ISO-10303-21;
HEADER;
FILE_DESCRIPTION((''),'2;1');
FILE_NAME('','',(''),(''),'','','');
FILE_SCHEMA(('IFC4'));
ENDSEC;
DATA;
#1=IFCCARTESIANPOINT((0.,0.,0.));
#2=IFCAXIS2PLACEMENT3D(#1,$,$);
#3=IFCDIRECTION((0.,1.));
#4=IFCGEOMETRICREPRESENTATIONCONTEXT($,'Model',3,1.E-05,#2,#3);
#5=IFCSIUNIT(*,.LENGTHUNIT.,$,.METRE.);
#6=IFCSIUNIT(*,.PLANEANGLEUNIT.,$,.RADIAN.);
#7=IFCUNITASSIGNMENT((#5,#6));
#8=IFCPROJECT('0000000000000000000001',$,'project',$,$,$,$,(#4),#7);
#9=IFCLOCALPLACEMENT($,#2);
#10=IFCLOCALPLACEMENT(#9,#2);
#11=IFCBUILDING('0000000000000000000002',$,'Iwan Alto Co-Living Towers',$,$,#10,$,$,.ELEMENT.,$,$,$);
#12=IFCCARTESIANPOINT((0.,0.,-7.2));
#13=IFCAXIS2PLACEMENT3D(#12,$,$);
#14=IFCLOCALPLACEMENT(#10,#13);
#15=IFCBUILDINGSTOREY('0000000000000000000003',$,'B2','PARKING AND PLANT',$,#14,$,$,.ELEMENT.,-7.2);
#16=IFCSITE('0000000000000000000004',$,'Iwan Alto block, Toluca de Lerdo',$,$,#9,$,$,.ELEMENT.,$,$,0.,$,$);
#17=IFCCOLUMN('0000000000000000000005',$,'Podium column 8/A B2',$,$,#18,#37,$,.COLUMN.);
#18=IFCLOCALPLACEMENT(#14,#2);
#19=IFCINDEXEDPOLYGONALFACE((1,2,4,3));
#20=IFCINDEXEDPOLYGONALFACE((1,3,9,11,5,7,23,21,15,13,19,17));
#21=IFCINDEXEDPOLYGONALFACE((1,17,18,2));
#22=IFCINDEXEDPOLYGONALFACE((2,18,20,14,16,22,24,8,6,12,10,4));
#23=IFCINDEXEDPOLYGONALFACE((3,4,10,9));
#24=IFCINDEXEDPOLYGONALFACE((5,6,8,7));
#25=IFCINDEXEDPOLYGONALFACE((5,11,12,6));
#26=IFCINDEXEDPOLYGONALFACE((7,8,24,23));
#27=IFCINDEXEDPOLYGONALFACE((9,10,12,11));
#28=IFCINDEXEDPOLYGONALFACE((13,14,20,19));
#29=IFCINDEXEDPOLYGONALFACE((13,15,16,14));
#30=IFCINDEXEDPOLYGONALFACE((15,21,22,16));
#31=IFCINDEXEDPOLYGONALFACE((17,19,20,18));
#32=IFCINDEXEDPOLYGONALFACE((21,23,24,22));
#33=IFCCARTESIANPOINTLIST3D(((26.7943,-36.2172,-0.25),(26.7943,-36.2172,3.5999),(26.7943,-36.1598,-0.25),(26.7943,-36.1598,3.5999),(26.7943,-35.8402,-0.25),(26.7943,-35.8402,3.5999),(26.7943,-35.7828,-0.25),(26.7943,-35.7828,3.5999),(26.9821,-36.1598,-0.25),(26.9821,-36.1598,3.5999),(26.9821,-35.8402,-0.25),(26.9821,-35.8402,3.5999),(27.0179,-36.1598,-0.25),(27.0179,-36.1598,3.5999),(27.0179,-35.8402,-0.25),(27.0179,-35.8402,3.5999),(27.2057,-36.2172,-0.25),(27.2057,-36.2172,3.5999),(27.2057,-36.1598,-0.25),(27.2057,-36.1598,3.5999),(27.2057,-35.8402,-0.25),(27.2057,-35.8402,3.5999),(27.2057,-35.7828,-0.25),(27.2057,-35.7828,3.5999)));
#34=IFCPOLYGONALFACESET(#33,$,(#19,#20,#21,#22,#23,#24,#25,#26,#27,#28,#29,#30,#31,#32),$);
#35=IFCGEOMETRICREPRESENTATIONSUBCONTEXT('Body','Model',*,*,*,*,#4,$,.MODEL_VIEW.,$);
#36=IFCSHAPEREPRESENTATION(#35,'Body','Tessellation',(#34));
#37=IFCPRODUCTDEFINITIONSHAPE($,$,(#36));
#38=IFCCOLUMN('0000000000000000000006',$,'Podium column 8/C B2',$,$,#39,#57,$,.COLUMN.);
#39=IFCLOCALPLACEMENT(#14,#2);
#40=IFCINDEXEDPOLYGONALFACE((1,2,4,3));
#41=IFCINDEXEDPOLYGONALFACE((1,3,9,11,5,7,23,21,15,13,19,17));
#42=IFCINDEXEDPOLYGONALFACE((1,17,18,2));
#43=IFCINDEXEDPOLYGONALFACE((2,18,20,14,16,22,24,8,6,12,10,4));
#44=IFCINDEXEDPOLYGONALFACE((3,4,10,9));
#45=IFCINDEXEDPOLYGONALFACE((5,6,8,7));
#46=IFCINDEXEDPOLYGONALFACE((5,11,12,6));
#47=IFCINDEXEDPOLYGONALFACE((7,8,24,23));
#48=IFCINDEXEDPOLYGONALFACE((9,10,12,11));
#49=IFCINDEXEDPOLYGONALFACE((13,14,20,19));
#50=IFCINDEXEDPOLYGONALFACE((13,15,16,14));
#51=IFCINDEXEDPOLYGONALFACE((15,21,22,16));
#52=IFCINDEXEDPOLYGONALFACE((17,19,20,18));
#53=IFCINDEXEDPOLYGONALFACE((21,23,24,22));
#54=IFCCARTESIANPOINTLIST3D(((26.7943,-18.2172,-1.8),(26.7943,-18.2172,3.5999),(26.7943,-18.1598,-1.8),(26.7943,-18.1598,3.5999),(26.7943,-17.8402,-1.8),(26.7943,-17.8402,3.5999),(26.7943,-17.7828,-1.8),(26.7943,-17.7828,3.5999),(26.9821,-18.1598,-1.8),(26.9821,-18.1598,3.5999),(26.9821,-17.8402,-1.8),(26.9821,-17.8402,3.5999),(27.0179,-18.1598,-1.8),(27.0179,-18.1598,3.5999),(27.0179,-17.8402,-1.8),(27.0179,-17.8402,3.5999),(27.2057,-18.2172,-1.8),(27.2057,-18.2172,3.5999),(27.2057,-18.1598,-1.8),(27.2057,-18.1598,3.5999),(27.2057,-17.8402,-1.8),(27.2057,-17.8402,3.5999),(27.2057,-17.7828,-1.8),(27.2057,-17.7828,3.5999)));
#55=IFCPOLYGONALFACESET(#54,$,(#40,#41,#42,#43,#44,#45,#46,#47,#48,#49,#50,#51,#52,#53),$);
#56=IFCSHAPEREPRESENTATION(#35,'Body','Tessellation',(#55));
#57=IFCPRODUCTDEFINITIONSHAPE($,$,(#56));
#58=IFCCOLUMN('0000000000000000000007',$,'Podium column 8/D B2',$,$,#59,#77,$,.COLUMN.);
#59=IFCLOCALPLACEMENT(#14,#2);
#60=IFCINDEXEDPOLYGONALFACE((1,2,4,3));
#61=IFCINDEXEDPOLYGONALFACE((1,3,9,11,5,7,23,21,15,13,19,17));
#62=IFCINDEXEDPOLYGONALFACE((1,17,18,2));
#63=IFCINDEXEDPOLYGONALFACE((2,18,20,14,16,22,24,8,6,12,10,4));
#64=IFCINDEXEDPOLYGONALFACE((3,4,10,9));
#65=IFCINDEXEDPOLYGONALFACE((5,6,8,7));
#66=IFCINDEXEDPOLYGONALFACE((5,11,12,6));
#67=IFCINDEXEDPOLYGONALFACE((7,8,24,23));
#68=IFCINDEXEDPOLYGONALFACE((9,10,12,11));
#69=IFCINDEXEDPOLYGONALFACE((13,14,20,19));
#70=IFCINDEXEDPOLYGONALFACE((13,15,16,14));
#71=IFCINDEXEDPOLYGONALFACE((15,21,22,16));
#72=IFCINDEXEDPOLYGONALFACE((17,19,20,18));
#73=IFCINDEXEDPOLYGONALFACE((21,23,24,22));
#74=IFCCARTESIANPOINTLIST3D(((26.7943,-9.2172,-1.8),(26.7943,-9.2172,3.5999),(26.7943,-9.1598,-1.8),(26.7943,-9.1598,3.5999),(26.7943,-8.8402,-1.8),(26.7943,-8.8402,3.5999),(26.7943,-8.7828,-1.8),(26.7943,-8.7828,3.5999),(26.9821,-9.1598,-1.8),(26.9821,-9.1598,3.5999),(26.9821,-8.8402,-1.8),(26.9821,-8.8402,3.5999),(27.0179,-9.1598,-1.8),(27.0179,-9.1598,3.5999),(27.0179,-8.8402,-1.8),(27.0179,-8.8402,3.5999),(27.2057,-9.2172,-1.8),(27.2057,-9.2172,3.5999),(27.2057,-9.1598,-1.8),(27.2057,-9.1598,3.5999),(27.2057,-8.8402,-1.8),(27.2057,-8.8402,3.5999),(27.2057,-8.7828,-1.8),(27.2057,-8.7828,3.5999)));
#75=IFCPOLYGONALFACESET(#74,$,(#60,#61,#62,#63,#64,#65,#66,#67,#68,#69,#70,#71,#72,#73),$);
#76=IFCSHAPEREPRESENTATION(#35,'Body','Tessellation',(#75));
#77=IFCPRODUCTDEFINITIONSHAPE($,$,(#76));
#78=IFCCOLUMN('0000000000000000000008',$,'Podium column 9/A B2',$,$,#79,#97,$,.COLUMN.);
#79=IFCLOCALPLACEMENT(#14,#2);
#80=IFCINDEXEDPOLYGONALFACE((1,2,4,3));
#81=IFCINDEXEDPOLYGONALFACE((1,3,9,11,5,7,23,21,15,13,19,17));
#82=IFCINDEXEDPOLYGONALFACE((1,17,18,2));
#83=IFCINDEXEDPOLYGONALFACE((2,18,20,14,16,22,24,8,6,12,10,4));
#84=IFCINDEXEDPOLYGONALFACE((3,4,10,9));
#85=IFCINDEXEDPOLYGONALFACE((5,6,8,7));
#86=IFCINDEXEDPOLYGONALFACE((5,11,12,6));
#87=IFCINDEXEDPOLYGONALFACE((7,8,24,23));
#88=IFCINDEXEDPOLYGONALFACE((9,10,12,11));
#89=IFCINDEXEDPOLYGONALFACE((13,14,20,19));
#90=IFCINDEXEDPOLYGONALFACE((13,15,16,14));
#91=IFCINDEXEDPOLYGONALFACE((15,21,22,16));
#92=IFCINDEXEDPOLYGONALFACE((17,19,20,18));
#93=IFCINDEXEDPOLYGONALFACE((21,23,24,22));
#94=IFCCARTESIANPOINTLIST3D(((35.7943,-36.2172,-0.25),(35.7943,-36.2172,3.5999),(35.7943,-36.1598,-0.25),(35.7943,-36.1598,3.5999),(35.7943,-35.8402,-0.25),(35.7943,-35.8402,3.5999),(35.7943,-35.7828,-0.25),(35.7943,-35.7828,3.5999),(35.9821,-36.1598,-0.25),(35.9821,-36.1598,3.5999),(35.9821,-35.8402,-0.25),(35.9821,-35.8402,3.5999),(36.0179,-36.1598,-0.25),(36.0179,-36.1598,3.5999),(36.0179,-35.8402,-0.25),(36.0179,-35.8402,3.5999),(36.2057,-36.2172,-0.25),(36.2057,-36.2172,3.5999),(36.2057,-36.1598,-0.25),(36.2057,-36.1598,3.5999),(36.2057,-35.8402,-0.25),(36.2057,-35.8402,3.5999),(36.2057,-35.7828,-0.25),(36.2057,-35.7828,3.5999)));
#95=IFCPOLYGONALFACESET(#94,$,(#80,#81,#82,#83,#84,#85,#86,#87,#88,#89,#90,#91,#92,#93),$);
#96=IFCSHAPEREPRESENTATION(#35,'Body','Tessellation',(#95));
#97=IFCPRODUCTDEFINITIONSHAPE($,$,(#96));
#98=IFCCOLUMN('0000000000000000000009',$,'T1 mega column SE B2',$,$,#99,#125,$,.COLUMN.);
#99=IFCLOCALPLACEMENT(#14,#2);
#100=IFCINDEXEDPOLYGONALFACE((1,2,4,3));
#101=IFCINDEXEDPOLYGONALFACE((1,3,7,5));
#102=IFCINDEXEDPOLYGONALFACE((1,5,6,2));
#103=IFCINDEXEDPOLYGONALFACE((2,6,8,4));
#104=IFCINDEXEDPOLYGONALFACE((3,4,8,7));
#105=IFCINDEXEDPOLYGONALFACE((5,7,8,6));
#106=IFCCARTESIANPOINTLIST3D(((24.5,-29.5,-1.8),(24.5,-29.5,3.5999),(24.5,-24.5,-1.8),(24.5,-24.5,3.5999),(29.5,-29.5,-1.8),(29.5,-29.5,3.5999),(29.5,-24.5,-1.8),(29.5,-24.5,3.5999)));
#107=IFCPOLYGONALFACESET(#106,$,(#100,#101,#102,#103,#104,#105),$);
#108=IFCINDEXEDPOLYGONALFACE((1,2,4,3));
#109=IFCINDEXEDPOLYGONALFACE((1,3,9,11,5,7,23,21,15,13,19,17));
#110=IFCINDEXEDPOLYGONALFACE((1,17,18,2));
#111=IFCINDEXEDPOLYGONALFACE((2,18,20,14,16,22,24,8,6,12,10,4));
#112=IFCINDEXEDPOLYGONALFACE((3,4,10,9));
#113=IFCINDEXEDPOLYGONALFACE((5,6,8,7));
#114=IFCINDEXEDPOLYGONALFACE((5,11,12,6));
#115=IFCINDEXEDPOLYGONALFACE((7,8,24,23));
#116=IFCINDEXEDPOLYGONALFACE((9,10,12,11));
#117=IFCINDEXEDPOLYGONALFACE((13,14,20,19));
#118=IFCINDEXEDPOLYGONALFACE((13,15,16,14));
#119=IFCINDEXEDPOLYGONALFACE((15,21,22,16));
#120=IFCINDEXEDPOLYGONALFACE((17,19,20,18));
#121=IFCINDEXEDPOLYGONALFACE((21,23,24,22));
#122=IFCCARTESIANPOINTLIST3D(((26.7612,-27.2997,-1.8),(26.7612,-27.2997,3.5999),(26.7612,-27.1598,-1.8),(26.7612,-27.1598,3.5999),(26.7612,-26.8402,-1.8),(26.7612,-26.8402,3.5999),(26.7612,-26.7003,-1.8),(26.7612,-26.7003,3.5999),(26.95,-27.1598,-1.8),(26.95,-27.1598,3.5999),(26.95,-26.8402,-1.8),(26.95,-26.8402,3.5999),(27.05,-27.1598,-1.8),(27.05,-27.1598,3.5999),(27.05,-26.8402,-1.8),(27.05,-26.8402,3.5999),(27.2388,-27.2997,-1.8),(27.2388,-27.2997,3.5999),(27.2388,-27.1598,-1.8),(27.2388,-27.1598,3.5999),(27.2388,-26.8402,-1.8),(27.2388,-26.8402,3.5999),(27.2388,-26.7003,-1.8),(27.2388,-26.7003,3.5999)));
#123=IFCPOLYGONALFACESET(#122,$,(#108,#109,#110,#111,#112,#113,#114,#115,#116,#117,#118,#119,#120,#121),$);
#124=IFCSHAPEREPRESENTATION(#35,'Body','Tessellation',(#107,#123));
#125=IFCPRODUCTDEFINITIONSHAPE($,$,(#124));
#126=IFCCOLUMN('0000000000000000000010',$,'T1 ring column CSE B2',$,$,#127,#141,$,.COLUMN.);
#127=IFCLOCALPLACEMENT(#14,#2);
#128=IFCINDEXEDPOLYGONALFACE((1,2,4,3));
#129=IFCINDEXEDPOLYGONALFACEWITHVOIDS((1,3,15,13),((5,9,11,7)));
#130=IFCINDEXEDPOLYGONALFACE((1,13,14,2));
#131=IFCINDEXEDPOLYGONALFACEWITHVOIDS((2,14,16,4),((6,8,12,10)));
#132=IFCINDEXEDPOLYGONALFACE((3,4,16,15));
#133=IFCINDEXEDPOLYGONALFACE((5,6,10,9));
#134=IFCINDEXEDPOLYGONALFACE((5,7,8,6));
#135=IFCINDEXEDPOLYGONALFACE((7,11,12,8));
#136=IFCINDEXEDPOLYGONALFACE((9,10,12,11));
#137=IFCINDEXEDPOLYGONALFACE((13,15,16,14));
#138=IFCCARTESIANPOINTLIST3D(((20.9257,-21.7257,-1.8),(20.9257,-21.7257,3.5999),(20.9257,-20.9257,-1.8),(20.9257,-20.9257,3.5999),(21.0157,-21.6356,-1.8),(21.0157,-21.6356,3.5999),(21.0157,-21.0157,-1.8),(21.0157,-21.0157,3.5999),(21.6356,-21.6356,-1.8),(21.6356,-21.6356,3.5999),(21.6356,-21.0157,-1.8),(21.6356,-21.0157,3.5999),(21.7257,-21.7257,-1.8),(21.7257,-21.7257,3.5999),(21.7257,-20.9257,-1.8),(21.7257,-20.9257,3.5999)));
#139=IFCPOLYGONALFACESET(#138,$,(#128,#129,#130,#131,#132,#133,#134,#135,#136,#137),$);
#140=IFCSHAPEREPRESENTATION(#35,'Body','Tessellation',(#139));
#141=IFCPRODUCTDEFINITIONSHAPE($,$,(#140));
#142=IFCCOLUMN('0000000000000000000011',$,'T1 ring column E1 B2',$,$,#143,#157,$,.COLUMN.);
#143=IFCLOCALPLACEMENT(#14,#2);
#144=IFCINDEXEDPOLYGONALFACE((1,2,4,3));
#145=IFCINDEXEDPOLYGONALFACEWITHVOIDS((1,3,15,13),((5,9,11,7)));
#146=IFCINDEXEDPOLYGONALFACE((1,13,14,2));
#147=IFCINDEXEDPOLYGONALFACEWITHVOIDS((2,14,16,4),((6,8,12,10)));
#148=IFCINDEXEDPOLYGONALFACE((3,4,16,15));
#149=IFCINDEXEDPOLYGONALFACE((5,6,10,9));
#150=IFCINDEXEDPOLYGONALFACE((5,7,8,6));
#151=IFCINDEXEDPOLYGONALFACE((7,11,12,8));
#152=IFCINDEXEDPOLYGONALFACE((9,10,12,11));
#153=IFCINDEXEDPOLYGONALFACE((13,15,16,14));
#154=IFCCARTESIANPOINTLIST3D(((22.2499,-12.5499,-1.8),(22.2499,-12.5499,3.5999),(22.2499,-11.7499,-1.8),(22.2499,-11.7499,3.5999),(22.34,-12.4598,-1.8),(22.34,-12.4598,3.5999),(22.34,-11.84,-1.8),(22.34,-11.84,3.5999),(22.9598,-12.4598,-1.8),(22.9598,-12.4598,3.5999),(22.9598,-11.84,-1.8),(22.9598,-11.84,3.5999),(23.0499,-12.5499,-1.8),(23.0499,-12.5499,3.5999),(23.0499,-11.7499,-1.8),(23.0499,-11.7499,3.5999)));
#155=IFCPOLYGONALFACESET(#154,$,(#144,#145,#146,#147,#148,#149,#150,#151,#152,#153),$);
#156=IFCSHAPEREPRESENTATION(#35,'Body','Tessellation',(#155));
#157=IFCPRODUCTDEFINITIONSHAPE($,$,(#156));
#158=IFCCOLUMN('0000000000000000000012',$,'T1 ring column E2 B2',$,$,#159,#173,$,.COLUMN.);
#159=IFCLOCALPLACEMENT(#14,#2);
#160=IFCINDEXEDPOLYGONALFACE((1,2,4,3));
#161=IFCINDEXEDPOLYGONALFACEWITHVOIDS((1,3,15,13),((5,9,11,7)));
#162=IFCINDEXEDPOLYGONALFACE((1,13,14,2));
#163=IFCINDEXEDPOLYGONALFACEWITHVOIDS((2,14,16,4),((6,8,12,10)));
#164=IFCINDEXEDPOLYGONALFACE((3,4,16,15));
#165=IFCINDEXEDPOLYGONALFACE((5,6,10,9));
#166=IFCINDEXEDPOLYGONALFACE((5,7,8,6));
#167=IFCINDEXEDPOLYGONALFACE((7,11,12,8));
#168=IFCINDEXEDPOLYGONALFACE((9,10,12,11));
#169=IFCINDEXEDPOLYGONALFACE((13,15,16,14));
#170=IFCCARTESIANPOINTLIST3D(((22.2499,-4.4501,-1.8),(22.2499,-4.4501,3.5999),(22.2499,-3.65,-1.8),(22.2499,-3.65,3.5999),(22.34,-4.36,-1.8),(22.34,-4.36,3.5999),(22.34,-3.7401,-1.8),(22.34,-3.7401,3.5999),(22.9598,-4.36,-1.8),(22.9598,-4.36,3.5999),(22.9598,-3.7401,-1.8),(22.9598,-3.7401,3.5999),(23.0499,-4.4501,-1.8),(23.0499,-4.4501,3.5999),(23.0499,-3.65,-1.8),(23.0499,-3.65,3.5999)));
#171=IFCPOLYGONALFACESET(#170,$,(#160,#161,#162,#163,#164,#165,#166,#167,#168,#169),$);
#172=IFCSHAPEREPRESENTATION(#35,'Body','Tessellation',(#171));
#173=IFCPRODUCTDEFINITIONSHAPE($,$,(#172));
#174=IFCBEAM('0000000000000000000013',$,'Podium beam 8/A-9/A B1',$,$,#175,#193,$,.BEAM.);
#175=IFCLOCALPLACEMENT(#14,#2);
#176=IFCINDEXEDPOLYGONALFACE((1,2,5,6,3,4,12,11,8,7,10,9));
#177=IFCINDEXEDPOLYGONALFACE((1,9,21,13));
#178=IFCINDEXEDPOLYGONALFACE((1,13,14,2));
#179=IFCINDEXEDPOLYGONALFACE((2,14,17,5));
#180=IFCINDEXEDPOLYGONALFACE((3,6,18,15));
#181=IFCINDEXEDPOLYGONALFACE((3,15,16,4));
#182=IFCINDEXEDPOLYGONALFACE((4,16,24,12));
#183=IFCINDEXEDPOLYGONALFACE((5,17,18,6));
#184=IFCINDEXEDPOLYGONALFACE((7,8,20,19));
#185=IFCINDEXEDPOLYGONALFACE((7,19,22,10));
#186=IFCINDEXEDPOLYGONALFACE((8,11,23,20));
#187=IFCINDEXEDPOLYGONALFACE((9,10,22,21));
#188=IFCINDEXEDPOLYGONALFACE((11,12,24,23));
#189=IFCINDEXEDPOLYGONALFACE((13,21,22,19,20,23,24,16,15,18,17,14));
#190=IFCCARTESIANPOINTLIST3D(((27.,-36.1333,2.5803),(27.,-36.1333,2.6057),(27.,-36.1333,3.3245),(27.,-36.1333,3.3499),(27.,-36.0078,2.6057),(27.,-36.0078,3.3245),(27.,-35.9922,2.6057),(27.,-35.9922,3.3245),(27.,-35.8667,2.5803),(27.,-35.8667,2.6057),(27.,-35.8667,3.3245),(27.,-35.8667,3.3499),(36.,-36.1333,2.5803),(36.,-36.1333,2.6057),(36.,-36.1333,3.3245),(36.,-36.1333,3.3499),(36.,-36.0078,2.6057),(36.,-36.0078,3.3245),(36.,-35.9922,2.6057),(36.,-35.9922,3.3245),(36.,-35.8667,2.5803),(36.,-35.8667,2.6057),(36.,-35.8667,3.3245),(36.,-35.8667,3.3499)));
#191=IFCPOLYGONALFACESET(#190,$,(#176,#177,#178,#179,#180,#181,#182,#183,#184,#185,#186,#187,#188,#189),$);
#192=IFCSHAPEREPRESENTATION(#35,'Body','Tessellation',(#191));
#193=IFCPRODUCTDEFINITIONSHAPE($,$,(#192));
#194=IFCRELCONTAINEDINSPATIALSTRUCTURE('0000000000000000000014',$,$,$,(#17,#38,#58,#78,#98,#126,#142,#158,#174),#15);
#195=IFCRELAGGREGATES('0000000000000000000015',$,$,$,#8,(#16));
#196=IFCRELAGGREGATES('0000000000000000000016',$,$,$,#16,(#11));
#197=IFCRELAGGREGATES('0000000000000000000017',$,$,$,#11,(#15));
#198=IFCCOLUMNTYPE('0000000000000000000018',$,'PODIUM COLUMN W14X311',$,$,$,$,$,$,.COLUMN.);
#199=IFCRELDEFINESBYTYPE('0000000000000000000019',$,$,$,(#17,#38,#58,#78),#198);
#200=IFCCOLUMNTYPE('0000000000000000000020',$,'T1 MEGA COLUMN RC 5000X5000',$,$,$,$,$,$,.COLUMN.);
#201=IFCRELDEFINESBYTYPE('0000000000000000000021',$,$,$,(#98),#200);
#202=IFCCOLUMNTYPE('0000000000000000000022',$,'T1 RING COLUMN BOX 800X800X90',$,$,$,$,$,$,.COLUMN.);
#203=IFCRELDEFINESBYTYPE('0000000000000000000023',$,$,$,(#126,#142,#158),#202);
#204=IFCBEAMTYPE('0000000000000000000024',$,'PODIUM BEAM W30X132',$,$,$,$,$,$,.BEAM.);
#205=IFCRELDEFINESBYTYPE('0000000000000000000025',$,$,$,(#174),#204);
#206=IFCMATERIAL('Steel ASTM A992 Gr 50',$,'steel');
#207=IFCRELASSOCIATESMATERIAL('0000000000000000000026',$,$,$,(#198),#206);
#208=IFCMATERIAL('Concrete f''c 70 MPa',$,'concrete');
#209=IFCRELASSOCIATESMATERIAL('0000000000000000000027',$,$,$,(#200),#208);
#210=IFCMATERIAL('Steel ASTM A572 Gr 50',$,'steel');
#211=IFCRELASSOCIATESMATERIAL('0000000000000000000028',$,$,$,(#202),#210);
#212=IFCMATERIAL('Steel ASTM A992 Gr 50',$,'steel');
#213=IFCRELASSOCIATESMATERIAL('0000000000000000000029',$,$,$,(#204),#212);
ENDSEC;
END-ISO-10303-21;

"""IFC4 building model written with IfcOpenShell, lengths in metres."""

from ifc_helpers import new_model, si_unit, direction, frame, origin, origin_2d, place, context, subcontext, project, spatial, rectangle, hollow_rectangle, i_section, extrude, material, material_profile, profile_set, type_object, element, save


model = new_model("IFC4")

# Units and contexts
model_context = context("Model", 3, precision=1e-05, world=origin(), true_north=direction((0.0, 1.0)))
body_context = subcontext(model_context, "Body", "Model", "MODEL_VIEW")
ifc_project = project(units=[si_unit("LENGTHUNIT", "METRE"), si_unit("PLANEANGLEUNIT", "RADIAN")], contexts=[model_context])

# Site, building, storey
site_placement = place(None, origin())
site = spatial("IfcSite", under=ifc_project, at=site_placement, Name="Iwan Alto block, Toluca de Lerdo", CompositionType="ELEMENT", RefElevation=0.0)
building_placement = place(site_placement, origin())
building = spatial("IfcBuilding", under=site, at=building_placement, Name="Iwan Alto Co-Living Towers", CompositionType="ELEMENT")
storey_placement = place(building_placement, frame((0.0, 0.0, -7.2)))
storey = spatial("IfcBuildingStorey", under=building, at=storey_placement, Name="B2", Description="PARKING AND PLANT", CompositionType="ELEMENT", Elevation=-7.2)

# Columns
ifc_material_1 = material(Name="Steel ASTM A992 Gr 50", Category="steel")
ifc_material_profile_1 = material_profile(ifc_material_1, i_section(OverallWidth=0.4114, OverallDepth=0.4343, WebThickness=0.0359, FlangeThickness=0.0574, at=origin_2d()), Name="W14X311")
ifc_profile_set_1 = profile_set([ifc_material_profile_1], Name="Steel ASTM A992 Gr 50")
column_type_1 = type_object("IfcColumnType", Name="PODIUM COLUMN W14X311", PredefinedType="COLUMN", material=ifc_profile_set_1)
column_1_placement = place(storey_placement, frame((27.0, -36.0, -0.25), z_axis=(0.0, 0.0, 1.0), x_axis=(1.0, 0.0, 0.0)))
element("IfcColumn", 1, at=column_1_placement, inside=storey, type_object=column_type_1, Name="Podium column 8/A B2", PredefinedType="COLUMN", context=body_context, shape_type="SweptSolid", body=[
    extrude(i_section(OverallWidth=0.4114, OverallDepth=0.4343, WebThickness=0.0359, FlangeThickness=0.0574, at=origin_2d()), origin(), (0.0, 0.0, 1.0), 3.8499),
])
for number, where, z_axis, x_axis, name in (
    (2, (27.0, -18.0, -1.8), (0.0, 0.0, 1.0), (1.0, 0.0, 0.0), "Podium column 8/C B2"),
    (3, (27.0, -9.0, -1.8), (0.0, 0.0, 1.0), (1.0, 0.0, 0.0), "Podium column 8/D B2"),
):
    element("IfcColumn", number, at=place(storey_placement, frame(where, z_axis=z_axis, x_axis=x_axis)), inside=storey, type_object=column_type_1, Name=name, PredefinedType="COLUMN", context=body_context, shape_type="SweptSolid", body=[
        extrude(i_section(OverallWidth=0.4114, OverallDepth=0.4343, WebThickness=0.0359, FlangeThickness=0.0574, at=origin_2d()), origin(), (0.0, 0.0, 1.0), 5.3999),
    ])
column_2_placement = place(storey_placement, frame((36.0, -36.0, -0.25), z_axis=(0.0, 0.0, 1.0), x_axis=(1.0, 0.0, 0.0)))
element("IfcColumn", 4, at=column_2_placement, inside=storey, type_object=column_type_1, Name="Podium column 9/A B2", PredefinedType="COLUMN", context=body_context, shape_type="SweptSolid", body=[
    extrude(i_section(OverallWidth=0.4114, OverallDepth=0.4343, WebThickness=0.0359, FlangeThickness=0.0574, at=origin_2d()), origin(), (0.0, 0.0, 1.0), 3.8499),
])
ifc_material_2 = material(Name="Concrete f'c 70 MPa", Category="concrete")
ifc_material_profile_2 = material_profile(ifc_material_2, rectangle(XDim=5.0, YDim=5.0, at=origin_2d()), Name="RC 5000X5000")
ifc_profile_set_2 = profile_set([ifc_material_profile_2], Name="Concrete f'c 70 MPa")
column_type_2 = type_object("IfcColumnType", Name="T1 MEGA COLUMN RC 5000X5000", PredefinedType="COLUMN", material=ifc_profile_set_2)
column_3_placement = place(storey_placement, frame((27.0, -27.0, -1.8), z_axis=(0.0, 0.0, 1.0), x_axis=(1.0, 0.0, 0.0)))
element("IfcColumn", 5, at=column_3_placement, inside=storey, type_object=column_type_2, Name="T1 mega column SE B2", PredefinedType="COLUMN", context=body_context, shape_type="SweptSolid", body=[
    extrude(rectangle(XDim=5.0, YDim=5.0, at=origin_2d()), origin(), (0.0, 0.0, 1.0), 5.3999),
    extrude(i_section(OverallWidth=0.4775, OverallDepth=0.5994, WebThickness=0.1001, FlangeThickness=0.1399, at=origin_2d()), origin(), (0.0, 0.0, 1.0), 5.3999),
])
ifc_material_3 = material(Name="Steel ASTM A572 Gr 50", Category="steel")
ifc_material_profile_3 = material_profile(ifc_material_3, hollow_rectangle(XDim=0.8, YDim=0.8, WallThickness=0.0901, at=origin_2d()), Name="BOX 800X800X90")
ifc_profile_set_3 = profile_set([ifc_material_profile_3], Name="Steel ASTM A572 Gr 50")
column_type_3 = type_object("IfcColumnType", Name="T1 RING COLUMN BOX 800X800X90", PredefinedType="COLUMN", material=ifc_profile_set_3)
for number, where, z_axis, x_axis, name in (
    (6, (21.3257, -21.3257, -1.8), (0.0, 0.0, 1.0), (1.0, 0.0, 0.0), "T1 ring column CSE B2"),
    (7, (22.6499, -12.1499, -1.8), (0.0, 0.0, 1.0), (1.0, 0.0, 0.0), "T1 ring column E1 B2"),
    (8, (22.6499, -4.05, -1.8), (0.0, 0.0, 1.0), (1.0, 0.0, 0.0), "T1 ring column E2 B2"),
):
    element("IfcColumn", number, at=place(storey_placement, frame(where, z_axis=z_axis, x_axis=x_axis)), inside=storey, type_object=column_type_3, Name=name, PredefinedType="COLUMN", context=body_context, shape_type="SweptSolid", body=[
        extrude(hollow_rectangle(XDim=0.8, YDim=0.8, WallThickness=0.0901, at=origin_2d()), origin(), (0.0, 0.0, 1.0), 5.3999),
    ])

# Beam
ifc_material_4 = material(Name="Steel ASTM A992 Gr 50", Category="steel")
ifc_material_profile_4 = material_profile(ifc_material_4, i_section(OverallWidth=0.2666, OverallDepth=0.7695, WebThickness=0.0156, FlangeThickness=0.0254, at=origin_2d()), Name="W30X132")
ifc_profile_set_4 = profile_set([ifc_material_profile_4], Name="Steel ASTM A992 Gr 50")
beam_type_1 = type_object("IfcBeamType", Name="PODIUM BEAM W30X132", PredefinedType="BEAM", material=ifc_profile_set_4)
for number, where, z_axis, x_axis, name in (
    (9, (27.0, -36.0, 2.9651), (1.0, 0.0, 0.0), (0.0, 1.0, 0.0), "Podium beam 8/A-9/A B1"),
):
    element("IfcBeam", number, at=place(storey_placement, frame(where, z_axis=z_axis, x_axis=x_axis)), inside=storey, type_object=beam_type_1, Name=name, PredefinedType="BEAM", context=body_context, shape_type="SweptSolid", body=[
        extrude(i_section(OverallWidth=0.2666, OverallDepth=0.7695, WebThickness=0.0156, FlangeThickness=0.0254, at=origin_2d()), origin(), (0.0, 0.0, 1.0), 9.0),
    ])

save(model, "model.ifc")
